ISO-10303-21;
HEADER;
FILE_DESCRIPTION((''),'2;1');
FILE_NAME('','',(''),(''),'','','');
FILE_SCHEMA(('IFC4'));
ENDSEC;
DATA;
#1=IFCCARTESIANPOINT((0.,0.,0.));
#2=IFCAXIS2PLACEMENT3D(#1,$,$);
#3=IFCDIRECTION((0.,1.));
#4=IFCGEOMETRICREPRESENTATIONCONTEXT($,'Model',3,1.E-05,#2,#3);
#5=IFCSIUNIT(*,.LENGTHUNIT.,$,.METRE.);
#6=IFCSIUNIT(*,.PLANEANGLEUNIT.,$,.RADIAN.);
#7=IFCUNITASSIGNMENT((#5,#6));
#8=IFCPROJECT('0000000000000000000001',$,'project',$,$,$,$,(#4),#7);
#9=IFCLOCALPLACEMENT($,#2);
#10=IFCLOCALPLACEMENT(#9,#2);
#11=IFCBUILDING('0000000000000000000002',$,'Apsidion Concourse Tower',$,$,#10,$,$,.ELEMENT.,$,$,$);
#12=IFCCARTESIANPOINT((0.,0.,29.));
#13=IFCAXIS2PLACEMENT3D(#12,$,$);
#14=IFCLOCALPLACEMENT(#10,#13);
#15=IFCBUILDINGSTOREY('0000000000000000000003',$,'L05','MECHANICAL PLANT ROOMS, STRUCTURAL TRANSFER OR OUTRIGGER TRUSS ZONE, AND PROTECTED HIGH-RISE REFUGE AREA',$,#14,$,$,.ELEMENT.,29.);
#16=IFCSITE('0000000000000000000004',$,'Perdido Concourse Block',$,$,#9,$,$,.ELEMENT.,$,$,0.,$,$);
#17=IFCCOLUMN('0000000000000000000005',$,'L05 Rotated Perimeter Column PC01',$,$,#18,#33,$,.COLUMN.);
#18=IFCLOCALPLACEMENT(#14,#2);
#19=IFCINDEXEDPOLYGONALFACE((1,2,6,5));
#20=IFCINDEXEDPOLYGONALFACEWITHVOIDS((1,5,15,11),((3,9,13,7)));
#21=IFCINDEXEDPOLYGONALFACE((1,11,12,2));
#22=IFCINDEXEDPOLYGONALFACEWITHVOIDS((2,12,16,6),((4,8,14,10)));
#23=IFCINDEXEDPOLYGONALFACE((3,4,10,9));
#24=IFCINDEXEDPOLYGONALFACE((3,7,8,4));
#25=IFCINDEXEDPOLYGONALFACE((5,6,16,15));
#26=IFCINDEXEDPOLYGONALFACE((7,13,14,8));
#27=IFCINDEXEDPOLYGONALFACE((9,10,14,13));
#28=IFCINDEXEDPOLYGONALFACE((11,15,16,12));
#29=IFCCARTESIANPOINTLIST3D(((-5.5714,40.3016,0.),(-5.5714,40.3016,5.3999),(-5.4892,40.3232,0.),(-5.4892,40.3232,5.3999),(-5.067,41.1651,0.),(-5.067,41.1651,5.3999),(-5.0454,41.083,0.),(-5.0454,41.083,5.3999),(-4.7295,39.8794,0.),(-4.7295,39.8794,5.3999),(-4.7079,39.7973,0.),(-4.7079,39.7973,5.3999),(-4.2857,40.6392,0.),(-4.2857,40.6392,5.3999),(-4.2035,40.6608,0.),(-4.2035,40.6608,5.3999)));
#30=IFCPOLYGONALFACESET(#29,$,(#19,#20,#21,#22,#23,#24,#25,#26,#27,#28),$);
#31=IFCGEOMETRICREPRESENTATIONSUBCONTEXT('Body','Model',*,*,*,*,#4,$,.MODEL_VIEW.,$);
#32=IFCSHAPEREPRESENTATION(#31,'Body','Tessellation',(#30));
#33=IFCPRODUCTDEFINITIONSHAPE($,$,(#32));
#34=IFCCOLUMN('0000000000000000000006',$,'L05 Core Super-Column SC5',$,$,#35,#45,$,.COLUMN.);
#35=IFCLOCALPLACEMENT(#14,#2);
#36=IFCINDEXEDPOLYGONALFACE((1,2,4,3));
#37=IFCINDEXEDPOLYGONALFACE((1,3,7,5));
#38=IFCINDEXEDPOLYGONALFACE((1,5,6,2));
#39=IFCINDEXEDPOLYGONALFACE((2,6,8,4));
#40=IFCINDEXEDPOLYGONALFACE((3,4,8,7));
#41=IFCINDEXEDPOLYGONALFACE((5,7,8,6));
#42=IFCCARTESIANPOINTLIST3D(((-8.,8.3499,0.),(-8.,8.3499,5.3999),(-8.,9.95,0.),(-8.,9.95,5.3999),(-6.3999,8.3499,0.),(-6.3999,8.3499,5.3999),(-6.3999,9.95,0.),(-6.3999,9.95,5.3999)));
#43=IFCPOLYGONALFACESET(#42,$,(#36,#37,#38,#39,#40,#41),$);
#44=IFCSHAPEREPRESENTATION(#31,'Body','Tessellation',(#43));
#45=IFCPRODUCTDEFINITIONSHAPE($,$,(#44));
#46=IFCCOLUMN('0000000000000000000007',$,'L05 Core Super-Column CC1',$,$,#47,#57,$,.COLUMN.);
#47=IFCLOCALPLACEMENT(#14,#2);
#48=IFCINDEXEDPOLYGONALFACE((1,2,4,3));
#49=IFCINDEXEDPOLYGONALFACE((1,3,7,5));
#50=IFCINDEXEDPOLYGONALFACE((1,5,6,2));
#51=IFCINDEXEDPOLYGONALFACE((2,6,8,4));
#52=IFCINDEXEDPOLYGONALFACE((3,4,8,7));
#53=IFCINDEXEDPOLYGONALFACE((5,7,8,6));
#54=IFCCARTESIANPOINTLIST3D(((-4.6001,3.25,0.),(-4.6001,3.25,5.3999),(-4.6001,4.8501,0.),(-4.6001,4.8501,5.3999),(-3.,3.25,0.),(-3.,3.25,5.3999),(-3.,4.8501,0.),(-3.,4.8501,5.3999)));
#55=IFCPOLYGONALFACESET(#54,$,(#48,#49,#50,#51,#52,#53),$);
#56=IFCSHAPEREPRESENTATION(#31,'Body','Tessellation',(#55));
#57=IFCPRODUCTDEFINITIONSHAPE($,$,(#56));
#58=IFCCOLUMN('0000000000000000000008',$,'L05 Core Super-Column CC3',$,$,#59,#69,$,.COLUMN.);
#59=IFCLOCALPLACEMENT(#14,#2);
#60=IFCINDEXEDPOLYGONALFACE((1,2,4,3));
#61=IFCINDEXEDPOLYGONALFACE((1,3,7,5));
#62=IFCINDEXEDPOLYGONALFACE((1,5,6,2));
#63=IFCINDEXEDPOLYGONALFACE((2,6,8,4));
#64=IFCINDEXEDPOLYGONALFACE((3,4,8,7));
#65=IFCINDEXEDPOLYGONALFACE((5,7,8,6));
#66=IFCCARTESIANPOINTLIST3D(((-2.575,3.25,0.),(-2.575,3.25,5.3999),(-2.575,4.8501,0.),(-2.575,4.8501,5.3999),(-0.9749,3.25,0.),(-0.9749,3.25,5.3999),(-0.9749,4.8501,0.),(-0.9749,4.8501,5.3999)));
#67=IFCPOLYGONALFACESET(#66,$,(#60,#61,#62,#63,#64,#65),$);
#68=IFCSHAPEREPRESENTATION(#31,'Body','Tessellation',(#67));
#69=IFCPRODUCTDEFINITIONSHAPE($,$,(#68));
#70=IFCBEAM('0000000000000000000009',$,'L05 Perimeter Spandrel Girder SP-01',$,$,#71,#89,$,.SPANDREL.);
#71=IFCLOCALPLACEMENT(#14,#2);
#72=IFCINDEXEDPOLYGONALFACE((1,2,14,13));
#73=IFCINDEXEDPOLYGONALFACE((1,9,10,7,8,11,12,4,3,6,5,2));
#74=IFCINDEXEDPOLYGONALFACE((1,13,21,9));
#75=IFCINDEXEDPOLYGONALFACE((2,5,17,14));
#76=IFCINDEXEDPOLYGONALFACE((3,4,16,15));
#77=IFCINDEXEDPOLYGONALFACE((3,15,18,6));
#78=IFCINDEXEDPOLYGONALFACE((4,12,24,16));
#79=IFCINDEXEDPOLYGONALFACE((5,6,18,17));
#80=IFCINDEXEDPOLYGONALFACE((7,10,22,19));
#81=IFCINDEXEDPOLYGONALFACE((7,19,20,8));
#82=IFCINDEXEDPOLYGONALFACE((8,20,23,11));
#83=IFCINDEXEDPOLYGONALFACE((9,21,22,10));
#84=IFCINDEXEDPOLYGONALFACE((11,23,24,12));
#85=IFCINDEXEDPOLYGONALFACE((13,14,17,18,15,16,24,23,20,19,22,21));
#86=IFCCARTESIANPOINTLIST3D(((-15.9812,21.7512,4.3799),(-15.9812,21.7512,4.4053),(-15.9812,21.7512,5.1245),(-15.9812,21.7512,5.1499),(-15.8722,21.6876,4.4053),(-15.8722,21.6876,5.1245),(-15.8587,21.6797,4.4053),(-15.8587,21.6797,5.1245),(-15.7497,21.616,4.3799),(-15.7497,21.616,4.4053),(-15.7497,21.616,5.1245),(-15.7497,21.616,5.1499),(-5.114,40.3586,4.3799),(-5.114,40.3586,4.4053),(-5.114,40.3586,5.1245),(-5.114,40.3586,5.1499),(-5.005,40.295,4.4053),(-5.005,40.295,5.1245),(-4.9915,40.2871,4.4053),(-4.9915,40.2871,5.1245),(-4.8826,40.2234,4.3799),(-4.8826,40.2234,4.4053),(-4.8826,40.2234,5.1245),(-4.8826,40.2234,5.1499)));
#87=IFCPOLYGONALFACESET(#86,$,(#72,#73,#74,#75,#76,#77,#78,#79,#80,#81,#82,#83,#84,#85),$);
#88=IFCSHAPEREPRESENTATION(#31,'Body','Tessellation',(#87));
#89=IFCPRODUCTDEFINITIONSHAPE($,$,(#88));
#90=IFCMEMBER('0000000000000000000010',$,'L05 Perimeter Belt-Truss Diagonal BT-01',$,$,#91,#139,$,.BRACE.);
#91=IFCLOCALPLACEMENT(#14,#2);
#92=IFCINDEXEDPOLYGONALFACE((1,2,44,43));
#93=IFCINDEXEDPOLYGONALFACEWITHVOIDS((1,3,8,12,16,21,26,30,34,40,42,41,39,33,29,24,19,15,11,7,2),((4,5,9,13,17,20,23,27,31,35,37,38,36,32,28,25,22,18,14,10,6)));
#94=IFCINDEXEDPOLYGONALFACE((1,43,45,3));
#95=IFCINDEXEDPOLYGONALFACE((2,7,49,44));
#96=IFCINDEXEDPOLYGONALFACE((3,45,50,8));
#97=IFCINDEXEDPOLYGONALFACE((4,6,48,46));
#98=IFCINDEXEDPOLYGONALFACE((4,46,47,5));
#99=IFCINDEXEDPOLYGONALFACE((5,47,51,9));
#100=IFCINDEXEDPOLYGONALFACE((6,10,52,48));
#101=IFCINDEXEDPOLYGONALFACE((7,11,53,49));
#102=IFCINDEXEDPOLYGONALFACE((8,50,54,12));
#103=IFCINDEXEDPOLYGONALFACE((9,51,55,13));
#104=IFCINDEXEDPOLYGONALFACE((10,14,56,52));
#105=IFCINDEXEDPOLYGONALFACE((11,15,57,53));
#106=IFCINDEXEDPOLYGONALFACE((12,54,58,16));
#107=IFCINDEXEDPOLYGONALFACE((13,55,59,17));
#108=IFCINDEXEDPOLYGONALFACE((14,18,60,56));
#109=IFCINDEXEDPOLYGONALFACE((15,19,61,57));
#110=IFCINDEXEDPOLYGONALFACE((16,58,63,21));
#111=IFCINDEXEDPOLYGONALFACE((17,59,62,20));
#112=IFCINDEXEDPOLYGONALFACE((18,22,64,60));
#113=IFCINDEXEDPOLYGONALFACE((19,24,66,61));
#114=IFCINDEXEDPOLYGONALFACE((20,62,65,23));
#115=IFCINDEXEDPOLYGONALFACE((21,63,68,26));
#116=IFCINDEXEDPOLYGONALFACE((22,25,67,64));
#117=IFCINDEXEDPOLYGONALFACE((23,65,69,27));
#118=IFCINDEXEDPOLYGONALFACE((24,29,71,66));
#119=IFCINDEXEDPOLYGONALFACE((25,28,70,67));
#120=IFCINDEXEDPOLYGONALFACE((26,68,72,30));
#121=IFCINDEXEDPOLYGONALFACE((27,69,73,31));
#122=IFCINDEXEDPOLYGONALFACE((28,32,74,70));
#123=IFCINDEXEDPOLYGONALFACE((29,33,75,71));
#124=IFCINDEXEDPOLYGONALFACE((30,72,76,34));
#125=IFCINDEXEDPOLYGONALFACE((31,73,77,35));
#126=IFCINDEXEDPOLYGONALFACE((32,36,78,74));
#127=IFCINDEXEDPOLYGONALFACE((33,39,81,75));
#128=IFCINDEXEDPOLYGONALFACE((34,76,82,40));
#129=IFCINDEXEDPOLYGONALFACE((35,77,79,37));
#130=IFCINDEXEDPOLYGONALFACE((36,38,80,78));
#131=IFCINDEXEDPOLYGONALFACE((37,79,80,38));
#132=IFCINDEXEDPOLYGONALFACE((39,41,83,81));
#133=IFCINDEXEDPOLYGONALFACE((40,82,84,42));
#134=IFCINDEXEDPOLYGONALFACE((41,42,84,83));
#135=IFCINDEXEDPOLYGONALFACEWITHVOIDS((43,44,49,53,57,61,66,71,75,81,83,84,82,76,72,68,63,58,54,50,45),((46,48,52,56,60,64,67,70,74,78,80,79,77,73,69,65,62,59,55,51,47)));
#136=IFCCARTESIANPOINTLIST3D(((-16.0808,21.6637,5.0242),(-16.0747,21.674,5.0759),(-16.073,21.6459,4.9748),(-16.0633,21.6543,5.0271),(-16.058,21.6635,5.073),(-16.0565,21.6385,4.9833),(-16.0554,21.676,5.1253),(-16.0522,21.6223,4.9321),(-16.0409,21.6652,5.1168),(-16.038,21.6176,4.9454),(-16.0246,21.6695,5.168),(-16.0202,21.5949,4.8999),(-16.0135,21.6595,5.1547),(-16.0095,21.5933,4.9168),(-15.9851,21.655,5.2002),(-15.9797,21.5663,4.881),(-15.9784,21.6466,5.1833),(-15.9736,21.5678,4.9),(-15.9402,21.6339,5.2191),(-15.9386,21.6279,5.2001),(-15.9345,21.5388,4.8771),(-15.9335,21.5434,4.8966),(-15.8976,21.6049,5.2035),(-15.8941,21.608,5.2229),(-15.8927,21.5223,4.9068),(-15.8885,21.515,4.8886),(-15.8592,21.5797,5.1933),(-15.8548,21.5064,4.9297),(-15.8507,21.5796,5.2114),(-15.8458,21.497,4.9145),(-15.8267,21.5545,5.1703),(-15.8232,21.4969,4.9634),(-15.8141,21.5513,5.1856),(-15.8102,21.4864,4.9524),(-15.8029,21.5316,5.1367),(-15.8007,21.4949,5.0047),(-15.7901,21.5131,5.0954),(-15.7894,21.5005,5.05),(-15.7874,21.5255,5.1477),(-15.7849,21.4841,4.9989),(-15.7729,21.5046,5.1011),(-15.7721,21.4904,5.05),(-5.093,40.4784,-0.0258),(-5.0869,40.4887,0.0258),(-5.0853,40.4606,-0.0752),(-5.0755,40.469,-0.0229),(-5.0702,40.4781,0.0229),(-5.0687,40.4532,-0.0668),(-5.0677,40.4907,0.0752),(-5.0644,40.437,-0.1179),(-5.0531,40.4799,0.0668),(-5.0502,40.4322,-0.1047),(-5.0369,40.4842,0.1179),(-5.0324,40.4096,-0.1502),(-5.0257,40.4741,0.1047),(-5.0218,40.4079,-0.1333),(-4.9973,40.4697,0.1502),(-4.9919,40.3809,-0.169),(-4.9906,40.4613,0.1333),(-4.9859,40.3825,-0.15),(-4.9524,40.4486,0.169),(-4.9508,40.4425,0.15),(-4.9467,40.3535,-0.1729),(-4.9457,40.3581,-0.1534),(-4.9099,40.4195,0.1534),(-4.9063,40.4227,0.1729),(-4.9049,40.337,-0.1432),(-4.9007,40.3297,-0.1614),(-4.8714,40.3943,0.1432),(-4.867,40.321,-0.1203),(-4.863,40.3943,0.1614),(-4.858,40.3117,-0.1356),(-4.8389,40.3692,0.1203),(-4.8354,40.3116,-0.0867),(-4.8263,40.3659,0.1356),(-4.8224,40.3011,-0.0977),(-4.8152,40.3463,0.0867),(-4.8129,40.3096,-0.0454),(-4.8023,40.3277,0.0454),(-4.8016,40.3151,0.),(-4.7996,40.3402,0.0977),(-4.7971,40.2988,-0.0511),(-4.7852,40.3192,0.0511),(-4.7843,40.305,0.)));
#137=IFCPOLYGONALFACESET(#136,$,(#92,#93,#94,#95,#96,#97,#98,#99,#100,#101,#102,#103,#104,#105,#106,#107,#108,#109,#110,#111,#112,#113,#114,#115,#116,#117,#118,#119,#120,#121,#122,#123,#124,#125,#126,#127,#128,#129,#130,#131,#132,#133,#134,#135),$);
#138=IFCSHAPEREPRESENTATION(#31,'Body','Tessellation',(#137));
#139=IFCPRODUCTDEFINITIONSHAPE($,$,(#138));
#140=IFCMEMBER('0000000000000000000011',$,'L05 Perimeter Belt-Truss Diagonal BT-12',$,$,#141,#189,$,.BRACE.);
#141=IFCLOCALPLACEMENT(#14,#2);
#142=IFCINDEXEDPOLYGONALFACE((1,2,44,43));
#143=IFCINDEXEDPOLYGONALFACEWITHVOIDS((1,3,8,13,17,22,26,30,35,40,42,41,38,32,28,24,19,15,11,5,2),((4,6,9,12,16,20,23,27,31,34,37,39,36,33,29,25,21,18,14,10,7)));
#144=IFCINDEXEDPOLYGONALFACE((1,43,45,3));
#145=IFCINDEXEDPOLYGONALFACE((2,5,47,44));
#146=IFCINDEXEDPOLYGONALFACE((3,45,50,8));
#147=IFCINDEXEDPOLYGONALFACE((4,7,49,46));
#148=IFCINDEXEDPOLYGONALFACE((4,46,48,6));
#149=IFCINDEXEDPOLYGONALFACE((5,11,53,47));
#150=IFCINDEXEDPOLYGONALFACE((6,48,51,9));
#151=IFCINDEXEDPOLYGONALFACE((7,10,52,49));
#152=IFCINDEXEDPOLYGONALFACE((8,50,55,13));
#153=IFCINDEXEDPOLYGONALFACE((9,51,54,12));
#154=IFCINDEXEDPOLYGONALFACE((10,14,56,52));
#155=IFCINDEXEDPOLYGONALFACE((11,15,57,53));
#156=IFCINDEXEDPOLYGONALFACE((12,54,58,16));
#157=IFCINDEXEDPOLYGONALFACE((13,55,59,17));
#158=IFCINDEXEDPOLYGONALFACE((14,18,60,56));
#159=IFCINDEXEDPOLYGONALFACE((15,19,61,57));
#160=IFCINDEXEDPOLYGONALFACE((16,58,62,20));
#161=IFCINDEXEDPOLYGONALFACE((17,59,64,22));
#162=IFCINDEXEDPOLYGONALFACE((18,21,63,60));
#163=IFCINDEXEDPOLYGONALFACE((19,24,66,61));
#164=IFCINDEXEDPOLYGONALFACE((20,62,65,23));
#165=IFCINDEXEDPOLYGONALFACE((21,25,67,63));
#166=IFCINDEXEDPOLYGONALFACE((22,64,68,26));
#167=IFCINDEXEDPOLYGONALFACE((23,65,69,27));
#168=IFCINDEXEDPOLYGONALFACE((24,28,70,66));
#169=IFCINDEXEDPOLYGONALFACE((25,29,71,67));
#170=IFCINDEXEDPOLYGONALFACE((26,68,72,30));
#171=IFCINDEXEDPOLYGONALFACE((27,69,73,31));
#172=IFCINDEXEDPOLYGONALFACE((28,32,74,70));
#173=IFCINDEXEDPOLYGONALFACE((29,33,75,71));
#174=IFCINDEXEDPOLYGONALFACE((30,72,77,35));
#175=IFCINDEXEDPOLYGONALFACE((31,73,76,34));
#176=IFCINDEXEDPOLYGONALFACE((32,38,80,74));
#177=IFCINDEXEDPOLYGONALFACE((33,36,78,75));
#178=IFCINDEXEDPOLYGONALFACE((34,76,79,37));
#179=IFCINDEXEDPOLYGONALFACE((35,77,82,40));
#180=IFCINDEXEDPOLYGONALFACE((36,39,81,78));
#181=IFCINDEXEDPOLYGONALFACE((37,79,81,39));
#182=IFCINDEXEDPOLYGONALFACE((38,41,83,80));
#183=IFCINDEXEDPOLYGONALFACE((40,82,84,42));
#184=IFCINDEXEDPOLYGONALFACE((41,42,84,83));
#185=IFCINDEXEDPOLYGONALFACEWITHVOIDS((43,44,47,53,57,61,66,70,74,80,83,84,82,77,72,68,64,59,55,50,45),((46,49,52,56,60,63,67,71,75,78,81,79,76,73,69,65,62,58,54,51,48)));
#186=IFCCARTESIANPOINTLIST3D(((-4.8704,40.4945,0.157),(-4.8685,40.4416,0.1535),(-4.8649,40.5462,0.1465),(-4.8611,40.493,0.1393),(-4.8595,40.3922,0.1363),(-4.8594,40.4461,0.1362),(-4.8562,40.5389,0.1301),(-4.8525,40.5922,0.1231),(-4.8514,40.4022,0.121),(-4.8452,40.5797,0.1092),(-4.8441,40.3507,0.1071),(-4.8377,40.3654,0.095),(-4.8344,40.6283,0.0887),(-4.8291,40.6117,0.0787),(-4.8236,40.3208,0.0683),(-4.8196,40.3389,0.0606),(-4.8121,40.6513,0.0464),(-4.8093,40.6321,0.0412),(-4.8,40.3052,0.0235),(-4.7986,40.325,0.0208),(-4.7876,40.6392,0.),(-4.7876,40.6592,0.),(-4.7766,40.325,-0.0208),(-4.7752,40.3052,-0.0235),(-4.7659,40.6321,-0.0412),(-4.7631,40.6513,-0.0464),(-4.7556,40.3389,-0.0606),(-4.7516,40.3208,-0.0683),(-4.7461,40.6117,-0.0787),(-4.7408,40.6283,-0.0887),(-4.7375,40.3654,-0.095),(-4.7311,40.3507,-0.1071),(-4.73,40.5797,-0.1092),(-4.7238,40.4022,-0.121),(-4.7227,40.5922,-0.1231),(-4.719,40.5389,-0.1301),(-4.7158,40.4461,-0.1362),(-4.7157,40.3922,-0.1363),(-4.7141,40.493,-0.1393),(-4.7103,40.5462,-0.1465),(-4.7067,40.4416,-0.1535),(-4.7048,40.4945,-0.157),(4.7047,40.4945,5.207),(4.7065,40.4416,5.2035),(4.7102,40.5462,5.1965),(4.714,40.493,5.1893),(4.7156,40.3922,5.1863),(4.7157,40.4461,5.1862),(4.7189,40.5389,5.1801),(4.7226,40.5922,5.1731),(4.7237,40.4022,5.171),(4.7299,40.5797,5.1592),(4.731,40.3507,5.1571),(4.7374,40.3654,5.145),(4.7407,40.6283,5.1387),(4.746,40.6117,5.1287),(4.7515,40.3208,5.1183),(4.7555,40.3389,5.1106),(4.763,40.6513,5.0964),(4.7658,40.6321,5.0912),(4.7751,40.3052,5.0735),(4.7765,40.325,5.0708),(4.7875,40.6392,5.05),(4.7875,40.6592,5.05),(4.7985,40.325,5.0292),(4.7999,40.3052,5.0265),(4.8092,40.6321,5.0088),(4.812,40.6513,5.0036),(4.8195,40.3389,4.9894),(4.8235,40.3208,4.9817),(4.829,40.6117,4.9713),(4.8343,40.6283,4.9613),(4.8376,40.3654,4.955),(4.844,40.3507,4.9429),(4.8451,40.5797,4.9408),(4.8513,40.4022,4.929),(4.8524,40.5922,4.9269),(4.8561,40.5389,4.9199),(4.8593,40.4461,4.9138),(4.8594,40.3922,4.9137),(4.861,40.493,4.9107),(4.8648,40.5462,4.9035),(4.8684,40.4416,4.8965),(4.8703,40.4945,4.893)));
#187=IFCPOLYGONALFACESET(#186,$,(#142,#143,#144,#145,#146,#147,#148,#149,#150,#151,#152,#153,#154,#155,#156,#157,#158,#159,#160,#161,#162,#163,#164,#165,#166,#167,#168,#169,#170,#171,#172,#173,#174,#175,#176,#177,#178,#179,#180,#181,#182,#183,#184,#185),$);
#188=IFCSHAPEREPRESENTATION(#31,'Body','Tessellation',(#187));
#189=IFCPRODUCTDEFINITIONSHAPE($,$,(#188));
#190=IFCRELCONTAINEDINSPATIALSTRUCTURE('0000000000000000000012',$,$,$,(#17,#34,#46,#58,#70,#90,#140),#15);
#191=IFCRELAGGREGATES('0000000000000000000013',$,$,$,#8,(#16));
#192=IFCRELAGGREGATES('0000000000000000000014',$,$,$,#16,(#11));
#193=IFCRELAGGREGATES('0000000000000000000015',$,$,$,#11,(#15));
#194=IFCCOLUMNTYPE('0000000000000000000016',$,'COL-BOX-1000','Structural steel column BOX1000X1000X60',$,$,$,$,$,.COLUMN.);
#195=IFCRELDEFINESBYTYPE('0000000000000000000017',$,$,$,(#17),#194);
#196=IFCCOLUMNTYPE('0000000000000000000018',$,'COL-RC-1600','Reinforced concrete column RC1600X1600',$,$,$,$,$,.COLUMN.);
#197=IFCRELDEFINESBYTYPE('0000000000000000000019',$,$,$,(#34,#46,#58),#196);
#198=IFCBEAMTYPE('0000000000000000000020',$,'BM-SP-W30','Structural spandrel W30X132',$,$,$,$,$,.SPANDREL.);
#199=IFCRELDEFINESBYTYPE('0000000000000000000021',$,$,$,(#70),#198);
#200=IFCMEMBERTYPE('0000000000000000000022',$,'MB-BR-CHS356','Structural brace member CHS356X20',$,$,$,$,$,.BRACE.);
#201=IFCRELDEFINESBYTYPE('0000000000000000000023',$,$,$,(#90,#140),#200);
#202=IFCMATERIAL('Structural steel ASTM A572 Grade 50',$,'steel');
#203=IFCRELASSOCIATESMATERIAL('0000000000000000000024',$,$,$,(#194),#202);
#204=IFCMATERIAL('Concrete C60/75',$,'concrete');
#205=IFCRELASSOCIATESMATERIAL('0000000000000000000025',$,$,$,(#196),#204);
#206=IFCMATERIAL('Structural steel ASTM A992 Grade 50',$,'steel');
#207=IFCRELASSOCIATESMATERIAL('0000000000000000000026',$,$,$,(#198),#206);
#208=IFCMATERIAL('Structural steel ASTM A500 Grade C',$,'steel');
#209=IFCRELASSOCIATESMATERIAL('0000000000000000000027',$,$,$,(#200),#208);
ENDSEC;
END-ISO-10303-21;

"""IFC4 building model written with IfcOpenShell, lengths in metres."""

from ifc_helpers import new_model, si_unit, direction, frame, origin, origin_2d, place, context, subcontext, project, spatial, rectangle, hollow_rectangle, hollow_circle, i_section, extrude, material, material_profile, profile_set, type_object, element, save


model = new_model("IFC4")

# Units and contexts
model_context = context("Model", 3, precision=1e-05, world=origin(), true_north=direction((0.0, 1.0)))
body_context = subcontext(model_context, "Body", "Model", "MODEL_VIEW")
ifc_project = project(units=[si_unit("LENGTHUNIT", "METRE"), si_unit("PLANEANGLEUNIT", "RADIAN")], contexts=[model_context])

# Site, building, storey
site_placement = place(None, origin())
site = spatial("IfcSite", under=ifc_project, at=site_placement, Name="Perdido Concourse Block", CompositionType="ELEMENT", RefElevation=0.0)
building_placement = place(site_placement, origin())
building = spatial("IfcBuilding", under=site, at=building_placement, Name="Apsidion Concourse Tower", CompositionType="ELEMENT")
storey_placement = place(building_placement, frame((0.0, 0.0, 29.0)))
storey = spatial("IfcBuildingStorey", under=building, at=storey_placement, Name="L05", Description="MECHANICAL PLANT ROOMS, STRUCTURAL TRANSFER OR OUTRIGGER TRUSS ZONE, AND PROTECTED HIGH-RISE REFUGE AREA", CompositionType="ELEMENT", Elevation=29.0)

# Columns
ifc_material_1 = material(Name="Structural steel ASTM A572 Grade 50", Category="steel")
ifc_material_profile_1 = material_profile(ifc_material_1, hollow_rectangle(XDim=1.0, YDim=1.0, WallThickness=0.0601, at=origin_2d()), Name="BOX1000X1000X60")
ifc_profile_set_1 = profile_set([ifc_material_profile_1], Name="Structural steel ASTM A572 Grade 50")
column_type_1 = type_object("IfcColumnType", Name="COL-BOX-1000", Description="Structural steel column BOX1000X1000X60", PredefinedType="COLUMN", material=ifc_profile_set_1)
column_placement = place(storey_placement, frame((-4.8875, 40.4812, 0.0), z_axis=(0.0, 0.0, 1.0), x_axis=(0.504377, 0.863484, 0.0)))
element("IfcColumn", 1, at=column_placement, inside=storey, type_object=column_type_1, Name="L05 Rotated Perimeter Column PC01", PredefinedType="COLUMN", context=body_context, shape_type="SweptSolid", body=[
    extrude(hollow_rectangle(XDim=1.0, YDim=1.0, WallThickness=0.0601, at=origin_2d()), origin(), (0.0, 0.0, 1.0), 5.3999),
])
ifc_material_2 = material(Name="Concrete C60/75", Category="concrete")
ifc_material_profile_2 = material_profile(ifc_material_2, rectangle(XDim=1.6001, YDim=1.6001, at=origin_2d()), Name="RC 1600x1600")
ifc_profile_set_2 = profile_set([ifc_material_profile_2], Name="Concrete C60/75")
column_type_2 = type_object("IfcColumnType", Name="COL-RC-1600", Description="Reinforced concrete column RC1600X1600", PredefinedType="COLUMN", material=ifc_profile_set_2)
for number, where, z_axis, x_axis, name in (
    (2, (-7.2, 9.1499, 0.0), (0.0, 0.0, 1.0), (1.0, 0.0, 0.0), "L05 Core Super-Column SC5"),
    (3, (-3.8, 4.05, 0.0), (0.0, 0.0, 1.0), (1.0, 0.0, 0.0), "L05 Core Super-Column CC1"),
    (4, (-1.7749, 4.05, 0.0), (0.0, 0.0, 1.0), (1.0, 0.0, 0.0), "L05 Core Super-Column CC3"),
):
    element("IfcColumn", number, at=place(storey_placement, frame(where, z_axis=z_axis, x_axis=x_axis)), inside=storey, type_object=column_type_2, Name=name, PredefinedType="COLUMN", context=body_context, shape_type="SweptSolid", body=[
        extrude(rectangle(XDim=1.6001, YDim=1.6001, at=origin_2d()), origin(), (0.0, 0.0, 1.0), 5.3999),
    ])

# Beam
ifc_material_3 = material(Name="Structural steel ASTM A992 Grade 50", Category="steel")
ifc_material_profile_3 = material_profile(ifc_material_3, i_section(OverallWidth=0.2681, OverallDepth=0.77, WebThickness=0.0156, FlangeThickness=0.0254, at=origin_2d()), Name="W30X132")
ifc_profile_set_3 = profile_set([ifc_material_profile_3], Name="Structural steel ASTM A992 Grade 50")
beam_type = type_object("IfcBeamType", Name="BM-SP-W30", Description="Structural spandrel W30X132", PredefinedType="SPANDREL", material=ifc_profile_set_3)
beam_placement = place(storey_placement, frame((-4.9983, 40.291, 4.7649), z_axis=(-0.504316, -0.863519, 0.0), x_axis=(0.863519, -0.504316, 0.0)))
element("IfcBeam", 5, at=beam_placement, inside=storey, type_object=beam_type, Name="L05 Perimeter Spandrel Girder SP-01", PredefinedType="SPANDREL", context=body_context, shape_type="SweptSolid", body=[
    extrude(i_section(OverallWidth=0.2681, OverallDepth=0.77, WebThickness=0.0156, FlangeThickness=0.0254, at=origin_2d()), origin(), (0.0, 0.0, 1.0), 21.5483),
])

# Members
ifc_material_4 = material(Name="Structural steel ASTM A500 Grade C", Category="steel")
ifc_material_profile_4 = material_profile(ifc_material_4, hollow_circle(Radius=0.178, WallThickness=0.02, at=origin_2d()), Name="CHS356X20")
ifc_profile_set_4 = profile_set([ifc_material_profile_4], Name="Structural steel ASTM A500 Grade C")
member_type_1 = type_object("IfcMemberType", Name="MB-BR-CHS356", Description="Structural brace member CHS356X20", PredefinedType="BRACE", material=ifc_profile_set_4)
member_1_placement = place(storey_placement, frame((-4.938, 40.3948, 0.0), z_axis=(-0.491277, -0.841228, 0.225794), x_axis=(0.863528, -0.504301, 0.0)))
element("IfcMember", 6, at=member_1_placement, inside=storey, type_object=member_type_1, Name="L05 Perimeter Belt-Truss Diagonal BT-01", PredefinedType="BRACE", context=body_context, shape_type="SweptSolid", body=[
    extrude(hollow_circle(Radius=0.178, WallThickness=0.02, at=origin_2d()), origin(), (0.0, 0.0, 1.0), 22.3657),
])
member_2_placement = place(storey_placement, frame((-4.7876, 40.4812, 0.0), z_axis=(0.884519, 0.0, 0.466504), x_axis=(0.0, 1.0, 0.0)))
element("IfcMember", 7, at=member_2_placement, inside=storey, type_object=member_type_1, Name="L05 Perimeter Belt-Truss Diagonal BT-12", PredefinedType="BRACE", context=body_context, shape_type="SweptSolid", body=[
    extrude(hollow_circle(Radius=0.178, WallThickness=0.02, at=origin_2d()), origin(), (0.0, 0.0, 1.0), 10.8252),
])

save(model, "model.ifc")
